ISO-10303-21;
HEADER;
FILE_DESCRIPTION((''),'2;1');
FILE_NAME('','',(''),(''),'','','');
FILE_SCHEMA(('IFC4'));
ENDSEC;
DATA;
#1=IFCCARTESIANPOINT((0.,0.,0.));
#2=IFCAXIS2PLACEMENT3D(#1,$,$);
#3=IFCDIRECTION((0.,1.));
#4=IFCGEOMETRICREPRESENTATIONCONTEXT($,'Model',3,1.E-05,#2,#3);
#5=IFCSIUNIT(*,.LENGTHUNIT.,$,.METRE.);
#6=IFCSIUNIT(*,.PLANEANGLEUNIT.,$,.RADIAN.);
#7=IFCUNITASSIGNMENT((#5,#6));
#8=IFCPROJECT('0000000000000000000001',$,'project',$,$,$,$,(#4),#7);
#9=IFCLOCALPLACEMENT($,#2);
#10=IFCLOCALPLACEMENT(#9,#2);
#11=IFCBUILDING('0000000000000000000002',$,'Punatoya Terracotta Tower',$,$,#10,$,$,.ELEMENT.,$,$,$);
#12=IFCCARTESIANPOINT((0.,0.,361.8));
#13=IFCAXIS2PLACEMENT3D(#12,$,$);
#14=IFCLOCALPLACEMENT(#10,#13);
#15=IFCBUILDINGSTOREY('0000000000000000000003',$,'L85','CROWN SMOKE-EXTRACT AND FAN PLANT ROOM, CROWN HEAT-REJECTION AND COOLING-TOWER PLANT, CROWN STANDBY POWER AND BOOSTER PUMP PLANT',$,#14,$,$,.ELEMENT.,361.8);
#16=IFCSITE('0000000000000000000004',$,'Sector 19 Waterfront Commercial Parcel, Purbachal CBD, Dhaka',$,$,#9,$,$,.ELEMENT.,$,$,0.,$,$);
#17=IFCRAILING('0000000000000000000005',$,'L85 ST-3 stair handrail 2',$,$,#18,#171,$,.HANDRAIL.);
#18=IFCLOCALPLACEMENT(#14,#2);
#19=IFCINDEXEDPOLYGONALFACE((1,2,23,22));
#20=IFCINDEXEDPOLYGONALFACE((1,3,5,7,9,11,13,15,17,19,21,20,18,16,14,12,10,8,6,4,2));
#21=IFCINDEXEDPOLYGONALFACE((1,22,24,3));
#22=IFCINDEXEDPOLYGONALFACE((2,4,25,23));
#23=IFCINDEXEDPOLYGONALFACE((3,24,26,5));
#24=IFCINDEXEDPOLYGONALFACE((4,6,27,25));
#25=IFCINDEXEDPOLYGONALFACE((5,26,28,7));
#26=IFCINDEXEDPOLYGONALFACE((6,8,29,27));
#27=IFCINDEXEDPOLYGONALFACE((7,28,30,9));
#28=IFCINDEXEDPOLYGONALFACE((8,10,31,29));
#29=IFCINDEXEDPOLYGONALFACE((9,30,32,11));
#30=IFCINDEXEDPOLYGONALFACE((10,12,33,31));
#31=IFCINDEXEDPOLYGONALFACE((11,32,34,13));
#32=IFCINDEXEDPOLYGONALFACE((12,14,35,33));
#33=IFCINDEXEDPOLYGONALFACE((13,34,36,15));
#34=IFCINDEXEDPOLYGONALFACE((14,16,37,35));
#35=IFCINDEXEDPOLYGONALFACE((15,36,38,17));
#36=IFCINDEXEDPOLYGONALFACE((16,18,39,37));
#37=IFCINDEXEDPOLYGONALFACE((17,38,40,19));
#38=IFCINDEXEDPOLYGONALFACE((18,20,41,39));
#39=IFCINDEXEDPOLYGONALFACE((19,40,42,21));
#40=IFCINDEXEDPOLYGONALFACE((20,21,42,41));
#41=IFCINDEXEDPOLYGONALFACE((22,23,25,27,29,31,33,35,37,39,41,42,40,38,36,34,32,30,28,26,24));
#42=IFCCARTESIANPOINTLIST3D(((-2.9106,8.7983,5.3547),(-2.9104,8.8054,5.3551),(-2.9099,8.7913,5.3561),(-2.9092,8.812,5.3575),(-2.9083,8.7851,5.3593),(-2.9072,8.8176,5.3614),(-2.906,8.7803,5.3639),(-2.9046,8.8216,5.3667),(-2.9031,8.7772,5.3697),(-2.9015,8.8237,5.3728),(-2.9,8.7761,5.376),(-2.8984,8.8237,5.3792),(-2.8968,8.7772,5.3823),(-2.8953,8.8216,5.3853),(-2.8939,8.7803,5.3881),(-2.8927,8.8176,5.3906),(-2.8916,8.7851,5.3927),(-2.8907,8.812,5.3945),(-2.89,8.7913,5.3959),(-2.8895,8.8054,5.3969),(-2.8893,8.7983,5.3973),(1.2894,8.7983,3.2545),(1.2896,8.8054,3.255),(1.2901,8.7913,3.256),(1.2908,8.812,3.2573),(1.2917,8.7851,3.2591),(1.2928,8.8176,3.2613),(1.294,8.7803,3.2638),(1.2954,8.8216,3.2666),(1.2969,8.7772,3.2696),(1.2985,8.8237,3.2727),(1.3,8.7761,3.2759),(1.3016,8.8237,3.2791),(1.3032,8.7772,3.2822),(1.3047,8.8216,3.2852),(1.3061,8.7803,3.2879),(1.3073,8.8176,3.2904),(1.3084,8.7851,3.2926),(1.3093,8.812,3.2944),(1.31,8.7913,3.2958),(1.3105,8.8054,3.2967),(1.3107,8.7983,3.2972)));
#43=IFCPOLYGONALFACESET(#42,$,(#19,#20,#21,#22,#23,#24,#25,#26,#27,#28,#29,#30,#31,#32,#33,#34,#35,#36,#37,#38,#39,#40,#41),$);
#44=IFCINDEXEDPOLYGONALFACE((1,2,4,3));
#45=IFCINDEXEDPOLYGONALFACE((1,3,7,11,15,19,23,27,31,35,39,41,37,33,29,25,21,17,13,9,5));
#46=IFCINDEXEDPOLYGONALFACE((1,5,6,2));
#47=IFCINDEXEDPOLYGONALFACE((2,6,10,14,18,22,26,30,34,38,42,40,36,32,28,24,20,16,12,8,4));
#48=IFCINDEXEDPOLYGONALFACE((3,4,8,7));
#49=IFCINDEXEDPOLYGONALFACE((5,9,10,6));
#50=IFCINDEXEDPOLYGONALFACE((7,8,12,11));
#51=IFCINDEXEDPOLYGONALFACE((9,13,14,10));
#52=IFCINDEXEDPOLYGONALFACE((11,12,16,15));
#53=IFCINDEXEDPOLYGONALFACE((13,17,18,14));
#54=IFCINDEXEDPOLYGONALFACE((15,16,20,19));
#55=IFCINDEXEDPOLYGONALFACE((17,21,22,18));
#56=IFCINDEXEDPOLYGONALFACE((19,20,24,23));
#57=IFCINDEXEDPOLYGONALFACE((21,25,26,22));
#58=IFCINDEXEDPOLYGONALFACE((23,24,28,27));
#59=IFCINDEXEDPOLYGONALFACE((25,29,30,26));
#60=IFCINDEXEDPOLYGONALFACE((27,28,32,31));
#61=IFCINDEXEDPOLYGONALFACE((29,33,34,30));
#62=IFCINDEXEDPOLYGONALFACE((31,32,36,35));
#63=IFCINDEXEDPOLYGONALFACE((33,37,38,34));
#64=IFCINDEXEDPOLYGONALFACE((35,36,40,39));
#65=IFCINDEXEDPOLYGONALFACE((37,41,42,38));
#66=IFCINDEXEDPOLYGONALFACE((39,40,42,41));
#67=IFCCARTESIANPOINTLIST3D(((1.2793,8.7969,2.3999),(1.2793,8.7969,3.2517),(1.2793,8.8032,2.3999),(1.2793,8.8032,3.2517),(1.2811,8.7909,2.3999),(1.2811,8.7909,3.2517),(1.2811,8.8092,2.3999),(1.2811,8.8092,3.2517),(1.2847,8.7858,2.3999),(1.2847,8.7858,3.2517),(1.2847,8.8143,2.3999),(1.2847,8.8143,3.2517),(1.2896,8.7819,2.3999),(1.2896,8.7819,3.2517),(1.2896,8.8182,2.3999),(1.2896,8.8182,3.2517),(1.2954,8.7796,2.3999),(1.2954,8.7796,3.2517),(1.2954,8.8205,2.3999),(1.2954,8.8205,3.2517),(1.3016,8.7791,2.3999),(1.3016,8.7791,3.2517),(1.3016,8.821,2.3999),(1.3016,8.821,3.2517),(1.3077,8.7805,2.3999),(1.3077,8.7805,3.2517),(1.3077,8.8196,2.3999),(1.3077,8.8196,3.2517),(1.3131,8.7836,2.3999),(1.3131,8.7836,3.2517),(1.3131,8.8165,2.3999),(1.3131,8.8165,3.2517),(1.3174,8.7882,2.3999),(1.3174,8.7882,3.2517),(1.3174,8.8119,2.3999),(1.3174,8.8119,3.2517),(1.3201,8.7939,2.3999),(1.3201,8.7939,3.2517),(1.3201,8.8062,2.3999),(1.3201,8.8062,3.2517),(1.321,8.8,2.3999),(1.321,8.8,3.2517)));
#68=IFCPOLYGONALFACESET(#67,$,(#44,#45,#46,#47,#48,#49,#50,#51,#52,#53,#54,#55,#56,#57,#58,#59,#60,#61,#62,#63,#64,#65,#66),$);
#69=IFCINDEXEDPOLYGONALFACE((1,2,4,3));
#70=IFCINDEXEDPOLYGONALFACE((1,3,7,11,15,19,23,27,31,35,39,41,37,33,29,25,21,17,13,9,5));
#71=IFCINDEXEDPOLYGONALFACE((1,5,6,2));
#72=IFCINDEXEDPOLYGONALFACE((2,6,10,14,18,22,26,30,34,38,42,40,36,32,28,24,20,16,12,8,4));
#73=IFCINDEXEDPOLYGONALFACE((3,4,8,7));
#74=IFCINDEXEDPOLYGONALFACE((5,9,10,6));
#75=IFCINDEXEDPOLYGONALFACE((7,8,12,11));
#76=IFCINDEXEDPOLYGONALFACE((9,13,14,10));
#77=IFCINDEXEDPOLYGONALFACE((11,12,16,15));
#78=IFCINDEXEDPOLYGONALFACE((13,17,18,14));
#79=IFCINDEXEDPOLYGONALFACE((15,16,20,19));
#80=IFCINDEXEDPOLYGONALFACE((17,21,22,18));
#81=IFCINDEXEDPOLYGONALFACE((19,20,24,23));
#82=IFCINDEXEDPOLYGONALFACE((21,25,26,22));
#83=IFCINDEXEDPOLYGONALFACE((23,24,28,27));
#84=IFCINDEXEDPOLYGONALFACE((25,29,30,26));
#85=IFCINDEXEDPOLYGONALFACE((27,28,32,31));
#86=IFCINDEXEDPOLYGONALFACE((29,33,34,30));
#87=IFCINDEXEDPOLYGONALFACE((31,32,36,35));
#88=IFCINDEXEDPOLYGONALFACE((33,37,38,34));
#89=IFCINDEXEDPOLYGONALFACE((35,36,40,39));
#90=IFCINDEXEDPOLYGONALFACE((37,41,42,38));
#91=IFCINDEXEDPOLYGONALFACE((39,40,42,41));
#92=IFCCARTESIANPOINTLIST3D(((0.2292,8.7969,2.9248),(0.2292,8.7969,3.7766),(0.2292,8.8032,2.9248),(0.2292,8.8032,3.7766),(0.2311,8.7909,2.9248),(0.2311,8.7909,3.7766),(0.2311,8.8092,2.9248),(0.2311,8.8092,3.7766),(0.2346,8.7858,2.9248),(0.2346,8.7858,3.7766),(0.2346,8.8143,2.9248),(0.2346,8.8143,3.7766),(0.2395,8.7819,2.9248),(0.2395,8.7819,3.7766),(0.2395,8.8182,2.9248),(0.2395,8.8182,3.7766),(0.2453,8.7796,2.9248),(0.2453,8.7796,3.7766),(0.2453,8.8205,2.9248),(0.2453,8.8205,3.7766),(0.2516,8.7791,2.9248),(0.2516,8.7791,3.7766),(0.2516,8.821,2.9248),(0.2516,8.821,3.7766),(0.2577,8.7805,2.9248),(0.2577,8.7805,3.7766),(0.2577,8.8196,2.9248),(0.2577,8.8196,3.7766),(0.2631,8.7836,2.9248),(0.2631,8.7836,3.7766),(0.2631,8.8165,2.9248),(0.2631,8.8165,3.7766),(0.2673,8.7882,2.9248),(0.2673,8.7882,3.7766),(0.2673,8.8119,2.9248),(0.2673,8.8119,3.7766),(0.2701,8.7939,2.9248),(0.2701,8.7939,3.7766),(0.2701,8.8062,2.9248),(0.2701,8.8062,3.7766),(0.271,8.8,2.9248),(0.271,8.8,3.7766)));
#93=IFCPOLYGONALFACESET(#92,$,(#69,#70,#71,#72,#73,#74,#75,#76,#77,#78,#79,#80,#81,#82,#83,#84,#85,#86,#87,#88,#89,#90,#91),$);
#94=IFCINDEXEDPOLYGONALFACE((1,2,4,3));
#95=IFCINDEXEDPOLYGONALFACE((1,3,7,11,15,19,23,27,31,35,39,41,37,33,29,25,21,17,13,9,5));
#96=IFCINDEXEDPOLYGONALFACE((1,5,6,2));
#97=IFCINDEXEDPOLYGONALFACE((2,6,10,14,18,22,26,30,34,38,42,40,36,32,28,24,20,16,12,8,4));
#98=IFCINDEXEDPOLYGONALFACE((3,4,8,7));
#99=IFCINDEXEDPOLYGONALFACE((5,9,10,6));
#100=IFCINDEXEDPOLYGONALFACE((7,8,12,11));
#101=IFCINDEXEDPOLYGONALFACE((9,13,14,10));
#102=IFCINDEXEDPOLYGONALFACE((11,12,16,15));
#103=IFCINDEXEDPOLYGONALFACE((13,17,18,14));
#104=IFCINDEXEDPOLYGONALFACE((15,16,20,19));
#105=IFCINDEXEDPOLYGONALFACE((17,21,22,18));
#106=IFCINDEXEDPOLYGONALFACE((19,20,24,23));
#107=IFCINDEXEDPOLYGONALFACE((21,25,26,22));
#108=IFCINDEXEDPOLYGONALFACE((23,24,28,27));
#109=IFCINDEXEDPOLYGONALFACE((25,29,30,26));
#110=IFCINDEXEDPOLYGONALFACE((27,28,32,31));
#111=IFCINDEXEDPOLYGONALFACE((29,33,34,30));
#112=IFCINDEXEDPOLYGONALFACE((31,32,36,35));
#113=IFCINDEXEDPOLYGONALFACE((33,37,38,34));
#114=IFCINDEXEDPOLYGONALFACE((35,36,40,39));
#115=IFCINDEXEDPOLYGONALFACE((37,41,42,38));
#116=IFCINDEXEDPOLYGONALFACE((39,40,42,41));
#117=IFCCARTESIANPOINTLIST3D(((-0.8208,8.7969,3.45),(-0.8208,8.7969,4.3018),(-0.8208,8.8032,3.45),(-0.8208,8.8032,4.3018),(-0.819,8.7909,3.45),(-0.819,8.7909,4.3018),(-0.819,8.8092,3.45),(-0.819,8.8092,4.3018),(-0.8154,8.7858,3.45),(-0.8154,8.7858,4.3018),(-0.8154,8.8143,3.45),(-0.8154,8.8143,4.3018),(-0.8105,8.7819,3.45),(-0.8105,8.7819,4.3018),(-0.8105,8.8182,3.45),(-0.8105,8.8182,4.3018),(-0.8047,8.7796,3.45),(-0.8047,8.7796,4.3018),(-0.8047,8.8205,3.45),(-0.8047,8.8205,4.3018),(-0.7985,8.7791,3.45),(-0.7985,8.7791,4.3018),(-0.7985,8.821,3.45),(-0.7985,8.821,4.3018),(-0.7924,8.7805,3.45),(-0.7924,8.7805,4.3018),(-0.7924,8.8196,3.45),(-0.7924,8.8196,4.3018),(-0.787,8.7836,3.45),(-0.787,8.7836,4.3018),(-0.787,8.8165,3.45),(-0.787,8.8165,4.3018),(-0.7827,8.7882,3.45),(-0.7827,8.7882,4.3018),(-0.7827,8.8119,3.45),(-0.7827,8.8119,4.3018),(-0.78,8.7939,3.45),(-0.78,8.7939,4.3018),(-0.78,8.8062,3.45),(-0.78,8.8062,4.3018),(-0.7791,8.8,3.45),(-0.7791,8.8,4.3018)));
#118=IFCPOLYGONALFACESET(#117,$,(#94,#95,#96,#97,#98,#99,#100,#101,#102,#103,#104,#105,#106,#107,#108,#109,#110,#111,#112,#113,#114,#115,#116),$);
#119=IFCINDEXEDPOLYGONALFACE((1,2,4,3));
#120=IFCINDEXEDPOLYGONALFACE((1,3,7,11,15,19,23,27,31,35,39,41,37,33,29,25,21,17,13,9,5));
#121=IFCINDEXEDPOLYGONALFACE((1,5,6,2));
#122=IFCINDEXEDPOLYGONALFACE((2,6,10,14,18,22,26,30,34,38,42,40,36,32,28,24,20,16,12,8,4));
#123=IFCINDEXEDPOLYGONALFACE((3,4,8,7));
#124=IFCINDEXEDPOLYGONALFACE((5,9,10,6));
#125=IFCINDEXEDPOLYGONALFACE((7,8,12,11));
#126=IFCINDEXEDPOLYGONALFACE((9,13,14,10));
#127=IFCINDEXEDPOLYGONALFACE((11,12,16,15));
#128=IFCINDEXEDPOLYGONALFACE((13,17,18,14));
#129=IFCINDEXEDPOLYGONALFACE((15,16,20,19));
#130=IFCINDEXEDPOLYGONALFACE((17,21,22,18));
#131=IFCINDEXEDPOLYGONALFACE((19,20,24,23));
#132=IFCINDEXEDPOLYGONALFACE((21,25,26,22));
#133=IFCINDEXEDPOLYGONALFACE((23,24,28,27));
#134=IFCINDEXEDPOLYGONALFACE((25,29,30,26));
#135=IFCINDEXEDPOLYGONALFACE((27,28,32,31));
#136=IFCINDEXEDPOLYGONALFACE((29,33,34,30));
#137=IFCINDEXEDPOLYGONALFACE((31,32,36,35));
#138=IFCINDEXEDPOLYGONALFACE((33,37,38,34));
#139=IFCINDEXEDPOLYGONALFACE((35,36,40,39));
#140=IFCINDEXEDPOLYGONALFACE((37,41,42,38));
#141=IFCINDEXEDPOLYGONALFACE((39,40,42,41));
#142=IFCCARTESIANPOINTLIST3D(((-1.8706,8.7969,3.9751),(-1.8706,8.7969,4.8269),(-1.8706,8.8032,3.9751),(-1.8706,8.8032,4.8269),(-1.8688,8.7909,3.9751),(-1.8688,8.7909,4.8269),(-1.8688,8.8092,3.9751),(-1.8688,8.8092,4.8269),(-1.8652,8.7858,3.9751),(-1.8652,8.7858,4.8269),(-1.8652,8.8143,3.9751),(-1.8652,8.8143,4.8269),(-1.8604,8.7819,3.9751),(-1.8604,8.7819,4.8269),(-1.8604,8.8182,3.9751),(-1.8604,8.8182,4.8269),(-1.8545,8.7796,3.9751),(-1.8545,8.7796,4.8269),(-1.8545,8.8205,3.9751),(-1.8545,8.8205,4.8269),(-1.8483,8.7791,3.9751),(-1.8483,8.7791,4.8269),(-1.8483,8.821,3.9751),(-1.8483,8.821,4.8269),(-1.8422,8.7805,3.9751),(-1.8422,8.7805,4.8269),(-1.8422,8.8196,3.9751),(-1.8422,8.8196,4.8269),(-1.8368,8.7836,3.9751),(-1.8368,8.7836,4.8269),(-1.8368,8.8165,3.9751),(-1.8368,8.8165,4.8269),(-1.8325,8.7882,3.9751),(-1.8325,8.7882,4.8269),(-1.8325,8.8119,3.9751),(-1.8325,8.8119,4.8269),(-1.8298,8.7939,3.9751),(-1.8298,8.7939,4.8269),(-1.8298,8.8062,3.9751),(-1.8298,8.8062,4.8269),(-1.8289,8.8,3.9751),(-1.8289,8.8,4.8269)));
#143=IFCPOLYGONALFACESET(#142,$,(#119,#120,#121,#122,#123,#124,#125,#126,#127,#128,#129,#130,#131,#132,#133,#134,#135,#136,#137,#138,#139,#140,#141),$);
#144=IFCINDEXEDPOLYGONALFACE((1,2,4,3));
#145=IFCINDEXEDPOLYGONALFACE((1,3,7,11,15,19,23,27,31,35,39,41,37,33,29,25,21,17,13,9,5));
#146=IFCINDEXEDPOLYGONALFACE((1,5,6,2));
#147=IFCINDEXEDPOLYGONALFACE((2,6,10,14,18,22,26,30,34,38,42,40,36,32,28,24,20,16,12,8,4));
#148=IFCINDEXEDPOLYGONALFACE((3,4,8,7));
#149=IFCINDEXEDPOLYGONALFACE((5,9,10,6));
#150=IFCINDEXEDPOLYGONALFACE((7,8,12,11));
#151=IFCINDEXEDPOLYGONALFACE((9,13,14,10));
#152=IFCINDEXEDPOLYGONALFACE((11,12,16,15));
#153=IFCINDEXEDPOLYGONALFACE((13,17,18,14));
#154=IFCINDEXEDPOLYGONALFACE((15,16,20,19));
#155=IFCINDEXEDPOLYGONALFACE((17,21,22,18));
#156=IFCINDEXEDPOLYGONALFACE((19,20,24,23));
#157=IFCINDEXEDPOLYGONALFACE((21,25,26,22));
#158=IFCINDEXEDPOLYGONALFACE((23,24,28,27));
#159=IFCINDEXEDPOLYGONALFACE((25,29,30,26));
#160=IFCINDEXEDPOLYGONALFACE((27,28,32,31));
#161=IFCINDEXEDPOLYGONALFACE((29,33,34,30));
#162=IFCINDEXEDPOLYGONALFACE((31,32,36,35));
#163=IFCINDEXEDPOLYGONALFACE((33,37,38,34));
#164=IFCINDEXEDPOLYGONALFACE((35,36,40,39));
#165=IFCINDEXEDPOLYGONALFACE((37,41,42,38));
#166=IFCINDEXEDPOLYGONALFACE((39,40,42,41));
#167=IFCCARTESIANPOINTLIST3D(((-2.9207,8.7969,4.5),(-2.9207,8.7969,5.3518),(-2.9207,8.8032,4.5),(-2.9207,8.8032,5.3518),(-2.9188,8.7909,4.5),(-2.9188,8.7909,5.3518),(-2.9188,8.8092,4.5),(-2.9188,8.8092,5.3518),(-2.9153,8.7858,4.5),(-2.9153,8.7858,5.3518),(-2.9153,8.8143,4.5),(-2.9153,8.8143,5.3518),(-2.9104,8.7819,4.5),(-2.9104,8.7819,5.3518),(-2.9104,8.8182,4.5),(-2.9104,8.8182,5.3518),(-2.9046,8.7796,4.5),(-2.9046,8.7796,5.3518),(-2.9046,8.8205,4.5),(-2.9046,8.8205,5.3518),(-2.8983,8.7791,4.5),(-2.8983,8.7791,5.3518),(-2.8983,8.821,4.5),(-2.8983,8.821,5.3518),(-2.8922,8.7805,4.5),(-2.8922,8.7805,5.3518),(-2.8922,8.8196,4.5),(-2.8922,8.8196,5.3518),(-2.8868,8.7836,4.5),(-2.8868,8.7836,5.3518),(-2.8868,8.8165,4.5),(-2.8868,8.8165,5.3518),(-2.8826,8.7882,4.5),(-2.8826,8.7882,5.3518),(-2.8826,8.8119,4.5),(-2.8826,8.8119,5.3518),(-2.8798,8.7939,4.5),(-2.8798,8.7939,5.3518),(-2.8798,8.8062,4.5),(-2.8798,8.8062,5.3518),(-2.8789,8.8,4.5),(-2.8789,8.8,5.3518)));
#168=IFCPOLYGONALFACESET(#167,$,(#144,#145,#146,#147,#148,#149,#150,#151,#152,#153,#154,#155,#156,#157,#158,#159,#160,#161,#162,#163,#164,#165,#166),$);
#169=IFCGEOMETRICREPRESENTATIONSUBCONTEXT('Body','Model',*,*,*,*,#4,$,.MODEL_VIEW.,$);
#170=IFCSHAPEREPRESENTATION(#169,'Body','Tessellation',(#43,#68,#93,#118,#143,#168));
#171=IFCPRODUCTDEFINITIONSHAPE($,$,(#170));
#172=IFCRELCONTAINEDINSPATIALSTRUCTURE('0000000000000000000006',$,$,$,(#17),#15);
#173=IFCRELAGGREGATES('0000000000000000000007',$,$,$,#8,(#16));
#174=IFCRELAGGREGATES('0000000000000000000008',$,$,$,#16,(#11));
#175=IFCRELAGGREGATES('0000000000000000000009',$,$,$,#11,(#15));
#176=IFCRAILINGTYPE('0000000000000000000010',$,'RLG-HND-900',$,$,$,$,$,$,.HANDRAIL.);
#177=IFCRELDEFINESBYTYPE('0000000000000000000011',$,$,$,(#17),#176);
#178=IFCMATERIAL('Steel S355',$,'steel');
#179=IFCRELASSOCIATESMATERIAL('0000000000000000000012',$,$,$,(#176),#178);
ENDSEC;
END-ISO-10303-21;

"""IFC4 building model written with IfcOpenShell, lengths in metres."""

from ifc_helpers import new_model, si_unit, direction, frame, origin, origin_2d, place, context, subcontext, project, spatial, circle, extrude, material, type_object, element, save


model = new_model("IFC4")

# Units and contexts
model_context = context("Model", 3, precision=1e-05, world=origin(), true_north=direction((0.0, 1.0)))
body_context = subcontext(model_context, "Body", "Model", "MODEL_VIEW")
ifc_project = project(units=[si_unit("LENGTHUNIT", "METRE"), si_unit("PLANEANGLEUNIT", "RADIAN")], contexts=[model_context])

# Site, building, storey
site_placement = place(None, origin())
site = spatial("IfcSite", under=ifc_project, at=site_placement, Name="Sector 19 Waterfront Commercial Parcel, Purbachal CBD, Dhaka", CompositionType="ELEMENT", RefElevation=0.0)
building_placement = place(site_placement, origin())
building = spatial("IfcBuilding", under=site, at=building_placement, Name="Punatoya Terracotta Tower", CompositionType="ELEMENT")
storey_placement = place(building_placement, frame((0.0, 0.0, 361.8)))
storey = spatial("IfcBuildingStorey", under=building, at=storey_placement, Name="L85", Description="CROWN SMOKE-EXTRACT AND FAN PLANT ROOM, CROWN HEAT-REJECTION AND COOLING-TOWER PLANT, CROWN STANDBY POWER AND BOOSTER PUMP PLANT", CompositionType="ELEMENT", Elevation=361.8)

# Shared definitions
ifc_material_1 = material(Name="Steel S355", Category="steel")

# Railing
railing_type_1 = type_object("IfcRailingType", Name="RLG-HND-900", PredefinedType="HANDRAIL", material=ifc_material_1)
railing_1_placement = place(storey_placement, frame((1.3, 8.8, 2.3999)))
element("IfcRailing", 1, at=railing_1_placement, inside=storey, type_object=railing_type_1, Name="L85 ST-3 stair handrail 2", PredefinedType="HANDRAIL", context=body_context, shape_type="SweptSolid", body=[
    extrude(circle(Radius=0.0239, at=origin_2d()), frame((0.0, 0.0, 0.876), z_axis=(-0.894417, 0.0, 0.447234), x_axis=(0.0, -1.0, 0.0)), (0.0, 0.0, 1.0), 4.6958),
    extrude(circle(Radius=0.021, at=origin_2d()), origin(), (0.0, 0.0, 1.0), 0.8518),
    extrude(circle(Radius=0.021, at=origin_2d()), frame((-1.05, 0.0, 0.5249)), (0.0, 0.0, 1.0), 0.8518),
    extrude(circle(Radius=0.021, at=origin_2d()), frame((-2.1001, 0.0, 1.05)), (0.0, 0.0, 1.0), 0.8518),
    extrude(circle(Radius=0.021, at=origin_2d()), frame((-3.1499, 0.0, 1.5752)), (0.0, 0.0, 1.0), 0.8518),
    extrude(circle(Radius=0.021, at=origin_2d()), frame((-4.2, 0.0, 2.1001)), (0.0, 0.0, 1.0), 0.8518),
])

save(model, "model.ifc")
